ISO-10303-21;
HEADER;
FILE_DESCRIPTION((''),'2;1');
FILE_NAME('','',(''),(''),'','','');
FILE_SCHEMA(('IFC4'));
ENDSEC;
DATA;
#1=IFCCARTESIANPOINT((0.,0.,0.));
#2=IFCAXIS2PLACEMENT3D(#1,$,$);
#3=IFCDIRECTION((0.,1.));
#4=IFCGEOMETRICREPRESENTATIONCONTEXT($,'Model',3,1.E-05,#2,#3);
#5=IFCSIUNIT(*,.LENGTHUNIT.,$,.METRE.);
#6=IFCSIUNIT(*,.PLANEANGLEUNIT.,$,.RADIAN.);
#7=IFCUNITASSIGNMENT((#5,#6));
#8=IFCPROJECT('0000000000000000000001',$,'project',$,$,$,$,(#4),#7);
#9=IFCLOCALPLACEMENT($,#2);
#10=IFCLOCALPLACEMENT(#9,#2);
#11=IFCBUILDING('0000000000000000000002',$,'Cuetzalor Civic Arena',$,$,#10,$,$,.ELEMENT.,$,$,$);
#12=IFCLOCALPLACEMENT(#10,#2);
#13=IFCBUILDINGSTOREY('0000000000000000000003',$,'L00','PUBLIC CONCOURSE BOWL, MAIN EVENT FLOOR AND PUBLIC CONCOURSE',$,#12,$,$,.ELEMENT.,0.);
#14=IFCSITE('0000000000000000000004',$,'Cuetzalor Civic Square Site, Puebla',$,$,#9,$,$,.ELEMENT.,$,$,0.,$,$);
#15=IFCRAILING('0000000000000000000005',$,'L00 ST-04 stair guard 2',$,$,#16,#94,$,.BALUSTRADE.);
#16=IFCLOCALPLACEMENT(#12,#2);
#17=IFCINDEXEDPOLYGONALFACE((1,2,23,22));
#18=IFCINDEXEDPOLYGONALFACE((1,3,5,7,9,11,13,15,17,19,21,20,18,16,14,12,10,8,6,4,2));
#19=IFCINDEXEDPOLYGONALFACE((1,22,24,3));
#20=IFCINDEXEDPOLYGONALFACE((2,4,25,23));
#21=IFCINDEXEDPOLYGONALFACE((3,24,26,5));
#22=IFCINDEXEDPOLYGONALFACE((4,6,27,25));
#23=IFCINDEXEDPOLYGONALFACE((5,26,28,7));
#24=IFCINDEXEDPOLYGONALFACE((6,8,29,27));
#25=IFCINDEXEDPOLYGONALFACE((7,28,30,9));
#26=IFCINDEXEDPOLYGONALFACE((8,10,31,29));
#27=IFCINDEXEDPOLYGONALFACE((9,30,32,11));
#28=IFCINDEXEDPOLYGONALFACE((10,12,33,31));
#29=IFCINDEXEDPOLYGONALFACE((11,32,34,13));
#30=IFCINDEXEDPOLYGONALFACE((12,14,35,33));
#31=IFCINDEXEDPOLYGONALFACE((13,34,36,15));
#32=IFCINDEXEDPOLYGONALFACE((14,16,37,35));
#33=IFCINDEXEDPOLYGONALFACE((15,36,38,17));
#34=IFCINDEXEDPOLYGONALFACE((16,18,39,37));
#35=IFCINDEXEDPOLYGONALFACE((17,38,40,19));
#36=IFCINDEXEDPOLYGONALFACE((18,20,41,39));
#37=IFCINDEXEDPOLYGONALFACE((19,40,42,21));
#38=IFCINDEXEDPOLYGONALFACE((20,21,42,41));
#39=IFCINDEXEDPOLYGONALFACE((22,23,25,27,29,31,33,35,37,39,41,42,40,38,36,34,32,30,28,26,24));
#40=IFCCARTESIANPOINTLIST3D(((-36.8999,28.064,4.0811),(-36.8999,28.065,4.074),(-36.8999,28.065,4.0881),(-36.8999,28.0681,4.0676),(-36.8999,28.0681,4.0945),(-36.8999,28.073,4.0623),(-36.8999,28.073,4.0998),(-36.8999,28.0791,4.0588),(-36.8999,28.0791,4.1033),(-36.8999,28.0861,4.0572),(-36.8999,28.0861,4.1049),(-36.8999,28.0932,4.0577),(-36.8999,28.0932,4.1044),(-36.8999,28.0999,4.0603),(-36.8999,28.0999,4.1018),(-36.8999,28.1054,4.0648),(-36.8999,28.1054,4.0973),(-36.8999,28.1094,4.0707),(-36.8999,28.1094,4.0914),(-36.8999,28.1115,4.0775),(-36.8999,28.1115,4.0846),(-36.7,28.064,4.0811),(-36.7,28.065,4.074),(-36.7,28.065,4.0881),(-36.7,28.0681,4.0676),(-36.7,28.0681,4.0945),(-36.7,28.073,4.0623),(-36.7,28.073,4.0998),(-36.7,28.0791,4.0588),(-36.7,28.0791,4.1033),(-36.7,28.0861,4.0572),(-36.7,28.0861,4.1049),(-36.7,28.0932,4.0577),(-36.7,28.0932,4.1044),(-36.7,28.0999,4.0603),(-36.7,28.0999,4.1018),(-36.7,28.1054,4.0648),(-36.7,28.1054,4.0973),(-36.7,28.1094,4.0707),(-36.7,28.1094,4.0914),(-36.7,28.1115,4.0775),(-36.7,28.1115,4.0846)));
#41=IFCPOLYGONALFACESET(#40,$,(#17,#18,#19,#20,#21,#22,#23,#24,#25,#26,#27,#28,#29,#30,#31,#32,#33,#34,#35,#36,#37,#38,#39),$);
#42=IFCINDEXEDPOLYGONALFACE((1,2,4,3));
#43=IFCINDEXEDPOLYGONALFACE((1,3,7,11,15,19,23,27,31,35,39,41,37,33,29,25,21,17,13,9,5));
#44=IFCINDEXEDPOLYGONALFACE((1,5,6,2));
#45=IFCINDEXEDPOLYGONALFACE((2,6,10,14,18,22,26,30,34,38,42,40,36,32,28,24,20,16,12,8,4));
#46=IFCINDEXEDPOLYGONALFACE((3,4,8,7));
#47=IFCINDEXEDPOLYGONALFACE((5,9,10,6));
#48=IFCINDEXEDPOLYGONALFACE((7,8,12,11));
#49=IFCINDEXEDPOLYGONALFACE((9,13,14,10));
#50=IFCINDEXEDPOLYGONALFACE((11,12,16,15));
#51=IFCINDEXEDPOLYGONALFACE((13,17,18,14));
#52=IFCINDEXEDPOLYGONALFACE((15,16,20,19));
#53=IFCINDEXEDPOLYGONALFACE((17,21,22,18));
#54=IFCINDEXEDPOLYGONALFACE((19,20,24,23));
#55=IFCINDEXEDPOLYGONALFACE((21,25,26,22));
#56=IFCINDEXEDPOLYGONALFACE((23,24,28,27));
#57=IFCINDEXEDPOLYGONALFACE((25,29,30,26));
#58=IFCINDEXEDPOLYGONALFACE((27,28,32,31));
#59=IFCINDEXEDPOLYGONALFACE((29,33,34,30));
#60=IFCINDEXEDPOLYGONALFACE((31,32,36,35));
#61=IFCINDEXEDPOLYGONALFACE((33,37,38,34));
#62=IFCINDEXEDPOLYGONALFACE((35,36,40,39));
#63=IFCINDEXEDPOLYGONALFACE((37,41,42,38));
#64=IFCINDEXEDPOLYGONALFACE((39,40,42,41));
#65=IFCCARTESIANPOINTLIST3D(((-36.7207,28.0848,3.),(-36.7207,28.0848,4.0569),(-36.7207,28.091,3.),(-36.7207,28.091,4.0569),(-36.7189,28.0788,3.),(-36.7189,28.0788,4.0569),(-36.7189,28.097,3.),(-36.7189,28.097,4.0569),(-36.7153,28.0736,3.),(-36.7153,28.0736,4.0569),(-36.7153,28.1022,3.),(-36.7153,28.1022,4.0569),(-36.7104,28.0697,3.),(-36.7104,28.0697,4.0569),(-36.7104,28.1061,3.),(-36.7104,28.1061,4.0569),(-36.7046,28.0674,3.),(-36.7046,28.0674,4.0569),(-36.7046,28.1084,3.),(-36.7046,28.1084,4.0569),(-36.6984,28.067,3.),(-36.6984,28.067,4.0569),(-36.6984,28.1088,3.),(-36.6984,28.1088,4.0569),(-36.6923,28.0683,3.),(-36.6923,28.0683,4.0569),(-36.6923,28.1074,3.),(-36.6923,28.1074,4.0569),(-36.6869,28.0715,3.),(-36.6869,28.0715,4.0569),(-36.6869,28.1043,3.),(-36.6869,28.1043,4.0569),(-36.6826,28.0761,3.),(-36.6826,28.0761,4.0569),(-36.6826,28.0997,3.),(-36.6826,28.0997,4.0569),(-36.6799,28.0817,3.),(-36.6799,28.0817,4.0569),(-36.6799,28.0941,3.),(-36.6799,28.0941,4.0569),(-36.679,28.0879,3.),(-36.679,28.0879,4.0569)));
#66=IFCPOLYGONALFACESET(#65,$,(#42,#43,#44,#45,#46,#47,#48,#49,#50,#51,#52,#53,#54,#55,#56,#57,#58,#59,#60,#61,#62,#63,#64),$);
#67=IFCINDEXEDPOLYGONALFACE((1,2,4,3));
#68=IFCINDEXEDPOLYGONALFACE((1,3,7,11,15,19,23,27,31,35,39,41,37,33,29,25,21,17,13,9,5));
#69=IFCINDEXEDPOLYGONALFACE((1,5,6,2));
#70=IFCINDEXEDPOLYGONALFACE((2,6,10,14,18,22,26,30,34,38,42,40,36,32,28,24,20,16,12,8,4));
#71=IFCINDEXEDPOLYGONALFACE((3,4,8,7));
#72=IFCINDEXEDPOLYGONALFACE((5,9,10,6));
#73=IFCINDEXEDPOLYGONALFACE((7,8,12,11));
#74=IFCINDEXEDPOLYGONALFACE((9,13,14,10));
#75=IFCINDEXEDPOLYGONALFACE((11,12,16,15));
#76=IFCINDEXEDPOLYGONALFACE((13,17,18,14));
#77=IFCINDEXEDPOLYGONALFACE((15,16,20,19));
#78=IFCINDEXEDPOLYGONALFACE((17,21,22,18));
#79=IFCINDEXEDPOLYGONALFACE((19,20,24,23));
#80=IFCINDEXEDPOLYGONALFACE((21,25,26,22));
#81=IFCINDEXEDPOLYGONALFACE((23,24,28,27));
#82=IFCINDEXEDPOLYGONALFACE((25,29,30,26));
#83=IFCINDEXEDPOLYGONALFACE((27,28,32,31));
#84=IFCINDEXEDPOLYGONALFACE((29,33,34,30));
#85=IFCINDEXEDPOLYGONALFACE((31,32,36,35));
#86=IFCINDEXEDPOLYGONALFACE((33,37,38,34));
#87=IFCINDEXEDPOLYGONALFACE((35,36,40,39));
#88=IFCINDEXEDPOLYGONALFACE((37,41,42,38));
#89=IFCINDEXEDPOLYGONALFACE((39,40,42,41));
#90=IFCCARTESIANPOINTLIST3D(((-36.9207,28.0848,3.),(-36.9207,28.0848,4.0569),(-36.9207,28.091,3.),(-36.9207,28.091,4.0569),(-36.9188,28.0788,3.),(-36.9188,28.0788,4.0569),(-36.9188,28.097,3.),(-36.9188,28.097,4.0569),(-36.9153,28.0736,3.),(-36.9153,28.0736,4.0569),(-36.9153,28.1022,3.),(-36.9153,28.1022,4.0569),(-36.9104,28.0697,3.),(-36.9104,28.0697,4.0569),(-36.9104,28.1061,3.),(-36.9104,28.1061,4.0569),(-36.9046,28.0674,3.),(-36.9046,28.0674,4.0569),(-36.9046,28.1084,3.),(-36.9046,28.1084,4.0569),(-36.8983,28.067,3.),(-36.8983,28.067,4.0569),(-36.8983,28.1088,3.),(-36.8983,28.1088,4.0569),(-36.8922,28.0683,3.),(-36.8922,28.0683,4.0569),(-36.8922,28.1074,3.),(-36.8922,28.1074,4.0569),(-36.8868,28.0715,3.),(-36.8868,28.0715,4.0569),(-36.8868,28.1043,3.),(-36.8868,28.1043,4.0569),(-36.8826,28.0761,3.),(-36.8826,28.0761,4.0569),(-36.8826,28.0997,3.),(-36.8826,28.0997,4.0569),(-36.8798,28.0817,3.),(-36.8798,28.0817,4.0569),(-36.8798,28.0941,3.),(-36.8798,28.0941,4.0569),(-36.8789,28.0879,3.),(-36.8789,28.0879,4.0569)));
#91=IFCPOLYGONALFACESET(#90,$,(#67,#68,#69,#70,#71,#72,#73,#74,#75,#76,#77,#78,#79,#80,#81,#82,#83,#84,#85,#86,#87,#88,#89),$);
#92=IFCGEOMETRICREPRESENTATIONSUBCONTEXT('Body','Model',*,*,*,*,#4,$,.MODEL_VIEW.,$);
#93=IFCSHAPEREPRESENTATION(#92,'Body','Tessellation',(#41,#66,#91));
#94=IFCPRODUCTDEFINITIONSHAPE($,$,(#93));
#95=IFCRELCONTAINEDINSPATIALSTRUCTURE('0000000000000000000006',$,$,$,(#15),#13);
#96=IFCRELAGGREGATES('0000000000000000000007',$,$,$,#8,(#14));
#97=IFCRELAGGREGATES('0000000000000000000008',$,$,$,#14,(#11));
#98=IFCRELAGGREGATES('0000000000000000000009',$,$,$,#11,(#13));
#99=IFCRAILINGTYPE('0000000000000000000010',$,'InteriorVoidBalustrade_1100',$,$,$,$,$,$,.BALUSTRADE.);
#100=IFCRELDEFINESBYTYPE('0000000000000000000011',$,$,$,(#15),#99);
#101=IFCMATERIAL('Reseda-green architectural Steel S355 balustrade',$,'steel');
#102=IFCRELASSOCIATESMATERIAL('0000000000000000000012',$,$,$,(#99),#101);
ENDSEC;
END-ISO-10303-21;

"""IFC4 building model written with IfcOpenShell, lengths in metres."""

from ifc_helpers import new_model, si_unit, direction, frame, origin, origin_2d, place, context, subcontext, project, spatial, circle, extrude, material, type_object, element, save


model = new_model("IFC4")

# Units and contexts
model_context = context("Model", 3, precision=1e-05, world=origin(), true_north=direction((0.0, 1.0)))
body_context = subcontext(model_context, "Body", "Model", "MODEL_VIEW")
ifc_project = project(units=[si_unit("LENGTHUNIT", "METRE"), si_unit("PLANEANGLEUNIT", "RADIAN")], contexts=[model_context])

# Site, building, storey
site_placement = place(None, origin())
site = spatial("IfcSite", under=ifc_project, at=site_placement, Name="Cuetzalor Civic Square Site, Puebla", CompositionType="ELEMENT", RefElevation=0.0)
building_placement = place(site_placement, origin())
building = spatial("IfcBuilding", under=site, at=building_placement, Name="Cuetzalor Civic Arena", CompositionType="ELEMENT")
storey_placement = place(building_placement, origin())
storey = spatial("IfcBuildingStorey", under=building, at=storey_placement, Name="L00", Description="PUBLIC CONCOURSE BOWL, MAIN EVENT FLOOR AND PUBLIC CONCOURSE", CompositionType="ELEMENT", Elevation=0.0)

# Railing
ifc_material_1 = material(Name="Reseda-green architectural Steel S355 balustrade", Category="steel")
railing_type_1 = type_object("IfcRailingType", Name="InteriorVoidBalustrade_1100", PredefinedType="BALUSTRADE", material=ifc_material_1)
railing_1_placement = place(storey_placement, frame((-36.7, 28.0879, 3.0)))
element("IfcRailing", 1, at=railing_1_placement, inside=storey, type_object=railing_type_1, Name="L00 ST-04 stair guard 2", PredefinedType="BALUSTRADE", context=body_context, shape_type="SweptSolid", body=[
    extrude(circle(Radius=0.0239, at=origin_2d()), frame((0.0, 0.0, 1.0811), z_axis=(-1.0, 0.0, 0.0), x_axis=(0.0, -1.0, 0.0)), (0.0, 0.0, 1.0), 0.2),
    extrude(circle(Radius=0.021, at=origin_2d()), origin(), (0.0, 0.0, 1.0), 1.0569),
    extrude(circle(Radius=0.021, at=origin_2d()), frame((-0.2, 0.0, 0.0)), (0.0, 0.0, 1.0), 1.0569),
])

save(model, "model.ifc")
